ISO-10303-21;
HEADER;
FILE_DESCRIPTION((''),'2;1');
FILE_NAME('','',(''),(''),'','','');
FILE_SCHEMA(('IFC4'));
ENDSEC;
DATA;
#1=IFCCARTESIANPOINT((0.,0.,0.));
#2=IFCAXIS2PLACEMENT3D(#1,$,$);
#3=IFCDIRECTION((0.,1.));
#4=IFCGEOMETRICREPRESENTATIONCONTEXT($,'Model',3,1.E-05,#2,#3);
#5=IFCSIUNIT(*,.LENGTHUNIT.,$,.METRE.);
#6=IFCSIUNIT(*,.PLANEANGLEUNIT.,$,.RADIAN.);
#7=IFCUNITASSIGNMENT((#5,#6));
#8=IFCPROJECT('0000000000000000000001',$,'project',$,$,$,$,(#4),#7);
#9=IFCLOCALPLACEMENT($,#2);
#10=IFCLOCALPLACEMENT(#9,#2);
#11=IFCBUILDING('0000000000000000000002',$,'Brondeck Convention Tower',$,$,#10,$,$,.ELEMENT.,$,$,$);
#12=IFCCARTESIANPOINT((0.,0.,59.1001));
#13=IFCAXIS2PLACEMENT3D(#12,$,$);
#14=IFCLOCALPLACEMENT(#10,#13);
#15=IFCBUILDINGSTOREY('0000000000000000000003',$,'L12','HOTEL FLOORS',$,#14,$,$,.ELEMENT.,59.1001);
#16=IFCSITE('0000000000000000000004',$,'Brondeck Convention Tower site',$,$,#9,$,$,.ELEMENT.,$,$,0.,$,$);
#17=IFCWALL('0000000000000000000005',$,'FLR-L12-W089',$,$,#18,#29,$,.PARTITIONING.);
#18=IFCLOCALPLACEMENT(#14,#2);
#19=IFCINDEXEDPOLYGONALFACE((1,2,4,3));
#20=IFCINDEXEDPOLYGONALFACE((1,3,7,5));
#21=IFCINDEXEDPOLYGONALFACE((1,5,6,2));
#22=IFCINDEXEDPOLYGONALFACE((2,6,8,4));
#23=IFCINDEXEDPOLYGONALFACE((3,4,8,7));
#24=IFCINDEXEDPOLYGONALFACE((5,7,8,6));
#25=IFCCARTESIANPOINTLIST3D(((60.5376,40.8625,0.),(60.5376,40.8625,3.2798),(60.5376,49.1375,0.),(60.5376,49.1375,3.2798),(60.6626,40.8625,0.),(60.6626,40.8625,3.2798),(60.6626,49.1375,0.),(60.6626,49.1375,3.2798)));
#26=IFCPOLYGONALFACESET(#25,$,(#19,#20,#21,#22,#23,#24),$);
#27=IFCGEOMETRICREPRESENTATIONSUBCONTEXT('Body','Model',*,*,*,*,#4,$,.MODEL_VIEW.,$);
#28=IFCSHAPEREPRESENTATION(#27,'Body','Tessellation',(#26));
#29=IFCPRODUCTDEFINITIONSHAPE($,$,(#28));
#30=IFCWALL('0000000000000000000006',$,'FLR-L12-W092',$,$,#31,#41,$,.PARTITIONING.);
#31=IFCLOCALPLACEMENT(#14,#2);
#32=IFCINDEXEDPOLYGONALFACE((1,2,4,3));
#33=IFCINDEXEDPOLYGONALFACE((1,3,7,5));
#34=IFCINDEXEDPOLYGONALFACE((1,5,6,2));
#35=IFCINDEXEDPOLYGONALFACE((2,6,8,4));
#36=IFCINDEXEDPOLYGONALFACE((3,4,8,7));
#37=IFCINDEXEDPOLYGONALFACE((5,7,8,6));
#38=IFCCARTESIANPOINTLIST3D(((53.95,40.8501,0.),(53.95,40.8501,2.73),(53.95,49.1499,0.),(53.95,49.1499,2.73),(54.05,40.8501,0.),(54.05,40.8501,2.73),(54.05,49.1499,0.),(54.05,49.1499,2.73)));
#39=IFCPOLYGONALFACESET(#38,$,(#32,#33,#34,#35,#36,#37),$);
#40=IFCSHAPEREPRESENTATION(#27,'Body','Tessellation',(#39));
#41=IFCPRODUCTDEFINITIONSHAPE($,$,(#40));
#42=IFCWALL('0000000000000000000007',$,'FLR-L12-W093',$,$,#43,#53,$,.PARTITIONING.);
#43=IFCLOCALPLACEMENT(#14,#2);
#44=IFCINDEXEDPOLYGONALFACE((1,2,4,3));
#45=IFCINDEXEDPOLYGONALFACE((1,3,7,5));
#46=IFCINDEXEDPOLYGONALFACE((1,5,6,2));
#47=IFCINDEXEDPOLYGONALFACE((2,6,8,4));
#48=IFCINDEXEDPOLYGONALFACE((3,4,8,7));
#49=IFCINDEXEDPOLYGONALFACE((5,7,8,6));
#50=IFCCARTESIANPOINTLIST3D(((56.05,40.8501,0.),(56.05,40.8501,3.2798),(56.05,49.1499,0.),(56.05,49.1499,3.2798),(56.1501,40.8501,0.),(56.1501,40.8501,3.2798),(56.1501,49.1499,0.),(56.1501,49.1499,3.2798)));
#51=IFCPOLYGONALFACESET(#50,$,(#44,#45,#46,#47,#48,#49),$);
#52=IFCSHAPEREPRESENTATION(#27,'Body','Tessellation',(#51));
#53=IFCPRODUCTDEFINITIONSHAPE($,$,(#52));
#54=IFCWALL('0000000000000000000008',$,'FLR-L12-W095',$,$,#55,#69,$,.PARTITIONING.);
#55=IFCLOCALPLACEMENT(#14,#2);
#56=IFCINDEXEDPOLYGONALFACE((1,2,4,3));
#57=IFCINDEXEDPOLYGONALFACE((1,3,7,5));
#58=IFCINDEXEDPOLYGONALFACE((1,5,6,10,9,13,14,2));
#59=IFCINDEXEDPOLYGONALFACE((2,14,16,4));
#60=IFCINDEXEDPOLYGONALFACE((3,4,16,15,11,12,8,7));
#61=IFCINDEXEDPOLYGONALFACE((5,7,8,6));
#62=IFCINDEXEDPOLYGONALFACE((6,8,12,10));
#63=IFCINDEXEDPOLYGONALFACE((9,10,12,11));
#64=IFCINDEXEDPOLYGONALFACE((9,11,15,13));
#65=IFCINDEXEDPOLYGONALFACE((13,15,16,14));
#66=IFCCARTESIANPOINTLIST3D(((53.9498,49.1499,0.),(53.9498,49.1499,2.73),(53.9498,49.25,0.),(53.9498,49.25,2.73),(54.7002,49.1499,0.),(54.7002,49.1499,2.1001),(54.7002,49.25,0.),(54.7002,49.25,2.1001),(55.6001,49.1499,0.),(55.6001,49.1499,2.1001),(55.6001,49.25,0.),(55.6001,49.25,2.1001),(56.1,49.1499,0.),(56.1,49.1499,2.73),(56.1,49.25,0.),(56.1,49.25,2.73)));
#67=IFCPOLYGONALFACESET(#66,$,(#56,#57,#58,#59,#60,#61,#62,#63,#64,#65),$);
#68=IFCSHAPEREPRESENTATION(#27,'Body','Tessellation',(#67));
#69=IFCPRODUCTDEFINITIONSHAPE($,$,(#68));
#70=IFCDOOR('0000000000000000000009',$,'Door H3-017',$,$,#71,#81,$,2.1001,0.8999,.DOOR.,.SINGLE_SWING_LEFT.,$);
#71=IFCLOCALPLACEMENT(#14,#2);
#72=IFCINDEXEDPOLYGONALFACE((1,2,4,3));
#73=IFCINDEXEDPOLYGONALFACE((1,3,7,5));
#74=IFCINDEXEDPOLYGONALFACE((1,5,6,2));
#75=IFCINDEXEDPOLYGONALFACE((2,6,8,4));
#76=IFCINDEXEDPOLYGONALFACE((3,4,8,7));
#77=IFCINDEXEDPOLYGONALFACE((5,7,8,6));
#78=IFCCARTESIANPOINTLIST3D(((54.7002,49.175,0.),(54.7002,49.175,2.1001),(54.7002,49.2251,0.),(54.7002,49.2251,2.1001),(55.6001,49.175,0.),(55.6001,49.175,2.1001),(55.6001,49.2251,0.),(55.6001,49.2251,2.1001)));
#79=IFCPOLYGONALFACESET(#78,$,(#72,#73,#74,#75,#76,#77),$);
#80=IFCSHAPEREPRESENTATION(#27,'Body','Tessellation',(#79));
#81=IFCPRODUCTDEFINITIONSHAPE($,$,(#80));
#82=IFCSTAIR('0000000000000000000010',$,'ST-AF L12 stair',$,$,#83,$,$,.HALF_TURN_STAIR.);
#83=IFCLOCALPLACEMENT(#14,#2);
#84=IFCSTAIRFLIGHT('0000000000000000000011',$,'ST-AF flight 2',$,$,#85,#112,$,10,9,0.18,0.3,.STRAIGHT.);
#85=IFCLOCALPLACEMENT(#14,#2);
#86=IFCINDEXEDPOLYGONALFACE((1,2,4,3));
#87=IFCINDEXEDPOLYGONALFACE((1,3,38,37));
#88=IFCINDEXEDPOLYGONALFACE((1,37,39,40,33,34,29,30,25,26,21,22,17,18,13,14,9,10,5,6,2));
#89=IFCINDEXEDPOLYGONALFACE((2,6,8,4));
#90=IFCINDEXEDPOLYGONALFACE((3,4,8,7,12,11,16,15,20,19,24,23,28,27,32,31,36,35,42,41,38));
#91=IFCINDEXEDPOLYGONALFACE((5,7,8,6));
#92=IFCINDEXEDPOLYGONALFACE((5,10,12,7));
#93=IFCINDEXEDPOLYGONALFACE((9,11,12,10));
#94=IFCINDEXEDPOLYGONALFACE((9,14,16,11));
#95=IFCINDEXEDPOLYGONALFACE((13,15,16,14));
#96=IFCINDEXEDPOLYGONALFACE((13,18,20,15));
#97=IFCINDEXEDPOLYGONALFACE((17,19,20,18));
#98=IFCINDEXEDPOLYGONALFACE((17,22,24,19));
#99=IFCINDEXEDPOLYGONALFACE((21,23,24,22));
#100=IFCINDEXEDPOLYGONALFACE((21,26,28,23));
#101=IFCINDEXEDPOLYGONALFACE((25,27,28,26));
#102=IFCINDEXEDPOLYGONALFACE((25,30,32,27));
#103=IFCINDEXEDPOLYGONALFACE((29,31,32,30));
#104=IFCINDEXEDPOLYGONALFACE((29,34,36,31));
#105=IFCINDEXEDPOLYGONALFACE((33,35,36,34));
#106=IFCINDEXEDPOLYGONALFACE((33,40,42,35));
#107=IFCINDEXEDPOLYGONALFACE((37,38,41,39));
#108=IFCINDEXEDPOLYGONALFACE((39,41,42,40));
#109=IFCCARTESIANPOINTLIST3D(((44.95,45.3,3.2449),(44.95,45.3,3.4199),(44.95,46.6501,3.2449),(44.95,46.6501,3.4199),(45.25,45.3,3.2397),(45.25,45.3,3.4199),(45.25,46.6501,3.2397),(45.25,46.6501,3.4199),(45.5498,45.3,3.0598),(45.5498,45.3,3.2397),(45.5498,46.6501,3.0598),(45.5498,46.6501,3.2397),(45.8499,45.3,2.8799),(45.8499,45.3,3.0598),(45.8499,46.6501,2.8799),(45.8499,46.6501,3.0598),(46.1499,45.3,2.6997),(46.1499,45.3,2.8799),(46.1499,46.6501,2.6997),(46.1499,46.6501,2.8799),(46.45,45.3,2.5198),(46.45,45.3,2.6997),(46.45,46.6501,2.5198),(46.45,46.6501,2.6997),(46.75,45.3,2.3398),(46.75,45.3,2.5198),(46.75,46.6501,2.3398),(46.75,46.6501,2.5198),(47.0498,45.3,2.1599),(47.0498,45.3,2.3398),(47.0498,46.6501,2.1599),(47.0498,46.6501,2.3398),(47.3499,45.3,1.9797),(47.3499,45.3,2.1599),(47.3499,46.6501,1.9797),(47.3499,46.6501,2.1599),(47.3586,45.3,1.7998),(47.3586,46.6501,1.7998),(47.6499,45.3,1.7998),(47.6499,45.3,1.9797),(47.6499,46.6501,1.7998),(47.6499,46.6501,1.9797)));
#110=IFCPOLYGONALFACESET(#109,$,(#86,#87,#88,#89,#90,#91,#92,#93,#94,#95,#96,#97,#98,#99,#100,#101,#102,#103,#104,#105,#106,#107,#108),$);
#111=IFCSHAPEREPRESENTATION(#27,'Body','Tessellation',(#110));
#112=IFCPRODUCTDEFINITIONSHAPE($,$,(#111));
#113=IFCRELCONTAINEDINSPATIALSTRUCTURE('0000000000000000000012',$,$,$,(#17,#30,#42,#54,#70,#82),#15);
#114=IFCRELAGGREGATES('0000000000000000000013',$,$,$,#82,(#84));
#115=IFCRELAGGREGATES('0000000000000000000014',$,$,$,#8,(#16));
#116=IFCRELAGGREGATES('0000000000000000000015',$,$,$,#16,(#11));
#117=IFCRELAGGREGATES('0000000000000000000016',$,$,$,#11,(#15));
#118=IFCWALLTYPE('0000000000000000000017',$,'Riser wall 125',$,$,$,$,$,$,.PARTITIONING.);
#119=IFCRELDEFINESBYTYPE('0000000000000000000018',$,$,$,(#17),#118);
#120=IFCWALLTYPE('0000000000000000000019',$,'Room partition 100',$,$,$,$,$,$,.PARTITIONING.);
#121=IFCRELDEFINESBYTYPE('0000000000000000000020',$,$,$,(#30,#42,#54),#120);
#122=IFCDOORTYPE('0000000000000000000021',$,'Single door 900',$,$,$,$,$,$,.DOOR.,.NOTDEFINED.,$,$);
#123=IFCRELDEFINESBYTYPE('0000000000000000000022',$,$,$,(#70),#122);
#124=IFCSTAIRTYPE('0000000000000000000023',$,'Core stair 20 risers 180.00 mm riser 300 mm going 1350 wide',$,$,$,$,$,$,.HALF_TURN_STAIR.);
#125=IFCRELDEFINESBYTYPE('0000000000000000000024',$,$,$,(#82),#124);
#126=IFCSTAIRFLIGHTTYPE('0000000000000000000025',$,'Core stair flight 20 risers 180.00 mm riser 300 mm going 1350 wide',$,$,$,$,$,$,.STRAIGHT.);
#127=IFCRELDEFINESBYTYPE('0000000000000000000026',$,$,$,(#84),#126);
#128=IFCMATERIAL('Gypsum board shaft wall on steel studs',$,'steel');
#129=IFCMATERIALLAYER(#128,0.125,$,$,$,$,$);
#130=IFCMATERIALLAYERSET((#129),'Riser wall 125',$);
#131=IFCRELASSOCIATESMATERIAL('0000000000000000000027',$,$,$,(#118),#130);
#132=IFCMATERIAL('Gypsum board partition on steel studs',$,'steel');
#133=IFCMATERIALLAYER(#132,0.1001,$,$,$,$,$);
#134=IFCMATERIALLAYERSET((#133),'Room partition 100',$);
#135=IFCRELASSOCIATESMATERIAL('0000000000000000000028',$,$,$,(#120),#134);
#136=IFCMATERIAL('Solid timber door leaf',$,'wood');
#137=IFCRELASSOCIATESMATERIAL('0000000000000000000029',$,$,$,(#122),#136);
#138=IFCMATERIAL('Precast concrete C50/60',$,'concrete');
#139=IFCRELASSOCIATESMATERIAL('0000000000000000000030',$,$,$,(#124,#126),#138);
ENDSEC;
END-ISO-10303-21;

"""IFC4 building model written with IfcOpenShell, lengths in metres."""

from ifc_helpers import new_model, si_unit, direction, frame, frame_2d, origin, place, context, subcontext, project, spatial, polyline, rectangle, outline, extrude, material, layer, layer_set, type_object, element, fill, aggregate, save


model = new_model("IFC4")

# Units and contexts
model_context = context("Model", 3, precision=1e-05, world=origin(), true_north=direction((0.0, 1.0)))
body_context = subcontext(model_context, "Body", "Model", "MODEL_VIEW")
ifc_project = project(units=[si_unit("LENGTHUNIT", "METRE"), si_unit("PLANEANGLEUNIT", "RADIAN")], contexts=[model_context])

# Site, building, storey
site_placement = place(None, origin())
site = spatial("IfcSite", under=ifc_project, at=site_placement, Name="Brondeck Convention Tower site", CompositionType="ELEMENT", RefElevation=0.0)
building_placement = place(site_placement, origin())
building = spatial("IfcBuilding", under=site, at=building_placement, Name="Brondeck Convention Tower", CompositionType="ELEMENT")
storey_placement = place(building_placement, frame((0.0, 0.0, 59.1001)))
storey = spatial("IfcBuildingStorey", under=building, at=storey_placement, Name="L12", Description="HOTEL FLOORS", CompositionType="ELEMENT", Elevation=59.1001)

# Shared definitions
ifc_material_1 = material(Name="Solid timber door leaf", Category="wood")

# Walls
ifc_material_2 = material(Name="Gypsum board shaft wall on steel studs", Category="steel")
ifc_layer_1 = layer(ifc_material_2, 0.125)
ifc_layer_set_1 = layer_set([ifc_layer_1], Name="Riser wall 125")
wall_type_1 = type_object("IfcWallType", Name="Riser wall 125", PredefinedType="PARTITIONING", material=ifc_layer_set_1)
wall_1_placement = place(storey_placement, frame((60.6001, 49.1375, 0.0), z_axis=(0.0, 0.0, 1.0), x_axis=(0.0, -1.0, 0.0)))
element("IfcWall", 1, at=wall_1_placement, inside=storey, type_object=wall_type_1, Name="FLR-L12-W089", PredefinedType="PARTITIONING", context=body_context, shape_type="SweptSolid", body=[
    extrude(rectangle(XDim=8.2749, YDim=0.125, at=frame_2d((4.1375, 0.0))), origin(), (0.0, 0.0, 1.0), 3.2798),
])
ifc_material_3 = material(Name="Gypsum board partition on steel studs", Category="steel")
ifc_layer_2 = layer(ifc_material_3, 0.1001)
ifc_layer_set_2 = layer_set([ifc_layer_2], Name="Room partition 100")
wall_type_2 = type_object("IfcWallType", Name="Room partition 100", PredefinedType="PARTITIONING", material=ifc_layer_set_2)
wall_2_placement = place(storey_placement, frame((54.0, 49.1499, 0.0), z_axis=(0.0, 0.0, 1.0), x_axis=(0.0, -1.0, 0.0)))
element("IfcWall", 2, at=wall_2_placement, inside=storey, type_object=wall_type_2, Name="FLR-L12-W092", PredefinedType="PARTITIONING", context=body_context, shape_type="SweptSolid", body=[
    extrude(rectangle(XDim=8.2998, YDim=0.1001, at=frame_2d((4.1499, 0.0))), origin(), (0.0, 0.0, 1.0), 2.73),
])
wall_3_placement = place(storey_placement, frame((56.1001, 49.1499, 0.0), z_axis=(0.0, 0.0, 1.0), x_axis=(0.0, -1.0, 0.0)))
element("IfcWall", 3, at=wall_3_placement, inside=storey, type_object=wall_type_2, Name="FLR-L12-W093", PredefinedType="PARTITIONING", context=body_context, shape_type="SweptSolid", body=[
    extrude(rectangle(XDim=8.2998, YDim=0.1001, at=frame_2d((4.1499, 0.0))), origin(), (0.0, 0.0, 1.0), 3.2798),
])

# Wall, opening, door
wall_4_placement = place(storey_placement, frame((56.1001, 49.2, 0.0), z_axis=(0.0, 0.0, 1.0), x_axis=(-1.0, 0.0, 0.0)))
wall_4 = element("IfcWall", 4, at=wall_4_placement, inside=storey, type_object=wall_type_2, Name="FLR-L12-W095", PredefinedType="PARTITIONING", context=body_context, shape_type="SweptSolid", body=[
    extrude(rectangle(XDim=2.1501, YDim=0.1001, at=frame_2d((1.0752, 0.0))), origin(), (0.0, 0.0, 1.0), 2.73),
])
opening_1_placement = place(wall_4_placement, frame((0.5, 0.0, 0.0)))
opening_1 = element("IfcOpeningElement", 5, at=opening_1_placement, cuts=wall_4, PredefinedType="OPENING", context=body_context, shape_type="SweptSolid", body=[
    extrude(rectangle(XDim=0.8999, YDim=2.1001, at=frame_2d((0.45, 1.05))), frame((0.0, 0.0601, 0.0), z_axis=(0.0, -1.0, 0.0), x_axis=(1.0, 0.0, 0.0)), (0.0, 0.0, 1.0), 0.1201),
])
door_type_1 = type_object("IfcDoorType", Name="Single door 900", OperationType="NOTDEFINED", PredefinedType="DOOR", material=ifc_material_1)
door_1_placement = place(opening_1_placement, origin())
door_1 = element("IfcDoor", 6, at=door_1_placement, inside=storey, type_object=door_type_1, Name="Door H3-017", OperationType="SINGLE_SWING_LEFT", OverallHeight=2.1001, OverallWidth=0.8999, PredefinedType="DOOR", context=body_context, shape_type="SweptSolid", body=[
    extrude(rectangle(XDim=0.8999, YDim=2.1001, at=frame_2d((0.45, 1.05))), frame((0.0, 0.0249, 0.0), z_axis=(0.0, -1.0, 0.0), x_axis=(1.0, 0.0, 0.0)), (0.0, 0.0, 1.0), 0.05),
])
fill(opening_1, door_1)

# Stair, stair flight
ifc_material_4 = material(Name="Precast concrete C50/60", Category="concrete")
stair_type = type_object("IfcStairType", Name="Core stair 20 risers 180.00 mm riser 300 mm going 1350 wide", PredefinedType="HALF_TURN_STAIR", material=ifc_material_4)
stair_placement = place(storey_placement, origin())
stair = element("IfcStair", 7, at=stair_placement, inside=storey, type_object=stair_type, Name="ST-AF L12 stair", PredefinedType="HALF_TURN_STAIR")
stair_flight_type = type_object("IfcStairFlightType", Name="Core stair flight 20 risers 180.00 mm riser 300 mm going 1350 wide", PredefinedType="STRAIGHT", material=ifc_material_4)
stair_flight_placement = place(storey_placement, frame((47.6499, 45.9751, 1.7998), z_axis=(0.0, 0.0, 1.0), x_axis=(-1.0, 0.0, 0.0)))
stair_flight = element("IfcStairFlight", 8, at=stair_flight_placement, type_object=stair_flight_type, Name="ST-AF flight 2", NumberOfRisers=10, NumberOfTreads=9, PredefinedType="STRAIGHT", RiserHeight=0.18, TreadLength=0.3, context=body_context, shape_type="SweptSolid", body=[
    extrude(outline(polyline([(0.0, 0.0), (0.0, 0.1799), (0.3, 0.1799), (0.3, 0.3601), (0.6001, 0.3601), (0.6001, 0.54), (0.8999, 0.54), (0.8999, 0.72), (1.2, 0.72), (1.2, 0.8999), (1.5, 0.8999), (1.5, 1.0801), (1.8, 1.0801), (1.8, 1.26), (2.1001, 1.26), (2.1001, 1.4399), (2.3999, 1.4399), (2.3999, 1.6201), (2.7, 1.6201), (2.7, 1.8), (2.7, 1.4451), (0.2913, 0.0), (0.0, 0.0)])), frame((0.0, 0.675, 0.0), z_axis=(0.0, -1.0, 0.0), x_axis=(1.0, 0.0, 0.0)), (0.0, 0.0, 1.0), 1.3501),
])
aggregate(stair, [stair_flight])

save(model, "model.ifc")
